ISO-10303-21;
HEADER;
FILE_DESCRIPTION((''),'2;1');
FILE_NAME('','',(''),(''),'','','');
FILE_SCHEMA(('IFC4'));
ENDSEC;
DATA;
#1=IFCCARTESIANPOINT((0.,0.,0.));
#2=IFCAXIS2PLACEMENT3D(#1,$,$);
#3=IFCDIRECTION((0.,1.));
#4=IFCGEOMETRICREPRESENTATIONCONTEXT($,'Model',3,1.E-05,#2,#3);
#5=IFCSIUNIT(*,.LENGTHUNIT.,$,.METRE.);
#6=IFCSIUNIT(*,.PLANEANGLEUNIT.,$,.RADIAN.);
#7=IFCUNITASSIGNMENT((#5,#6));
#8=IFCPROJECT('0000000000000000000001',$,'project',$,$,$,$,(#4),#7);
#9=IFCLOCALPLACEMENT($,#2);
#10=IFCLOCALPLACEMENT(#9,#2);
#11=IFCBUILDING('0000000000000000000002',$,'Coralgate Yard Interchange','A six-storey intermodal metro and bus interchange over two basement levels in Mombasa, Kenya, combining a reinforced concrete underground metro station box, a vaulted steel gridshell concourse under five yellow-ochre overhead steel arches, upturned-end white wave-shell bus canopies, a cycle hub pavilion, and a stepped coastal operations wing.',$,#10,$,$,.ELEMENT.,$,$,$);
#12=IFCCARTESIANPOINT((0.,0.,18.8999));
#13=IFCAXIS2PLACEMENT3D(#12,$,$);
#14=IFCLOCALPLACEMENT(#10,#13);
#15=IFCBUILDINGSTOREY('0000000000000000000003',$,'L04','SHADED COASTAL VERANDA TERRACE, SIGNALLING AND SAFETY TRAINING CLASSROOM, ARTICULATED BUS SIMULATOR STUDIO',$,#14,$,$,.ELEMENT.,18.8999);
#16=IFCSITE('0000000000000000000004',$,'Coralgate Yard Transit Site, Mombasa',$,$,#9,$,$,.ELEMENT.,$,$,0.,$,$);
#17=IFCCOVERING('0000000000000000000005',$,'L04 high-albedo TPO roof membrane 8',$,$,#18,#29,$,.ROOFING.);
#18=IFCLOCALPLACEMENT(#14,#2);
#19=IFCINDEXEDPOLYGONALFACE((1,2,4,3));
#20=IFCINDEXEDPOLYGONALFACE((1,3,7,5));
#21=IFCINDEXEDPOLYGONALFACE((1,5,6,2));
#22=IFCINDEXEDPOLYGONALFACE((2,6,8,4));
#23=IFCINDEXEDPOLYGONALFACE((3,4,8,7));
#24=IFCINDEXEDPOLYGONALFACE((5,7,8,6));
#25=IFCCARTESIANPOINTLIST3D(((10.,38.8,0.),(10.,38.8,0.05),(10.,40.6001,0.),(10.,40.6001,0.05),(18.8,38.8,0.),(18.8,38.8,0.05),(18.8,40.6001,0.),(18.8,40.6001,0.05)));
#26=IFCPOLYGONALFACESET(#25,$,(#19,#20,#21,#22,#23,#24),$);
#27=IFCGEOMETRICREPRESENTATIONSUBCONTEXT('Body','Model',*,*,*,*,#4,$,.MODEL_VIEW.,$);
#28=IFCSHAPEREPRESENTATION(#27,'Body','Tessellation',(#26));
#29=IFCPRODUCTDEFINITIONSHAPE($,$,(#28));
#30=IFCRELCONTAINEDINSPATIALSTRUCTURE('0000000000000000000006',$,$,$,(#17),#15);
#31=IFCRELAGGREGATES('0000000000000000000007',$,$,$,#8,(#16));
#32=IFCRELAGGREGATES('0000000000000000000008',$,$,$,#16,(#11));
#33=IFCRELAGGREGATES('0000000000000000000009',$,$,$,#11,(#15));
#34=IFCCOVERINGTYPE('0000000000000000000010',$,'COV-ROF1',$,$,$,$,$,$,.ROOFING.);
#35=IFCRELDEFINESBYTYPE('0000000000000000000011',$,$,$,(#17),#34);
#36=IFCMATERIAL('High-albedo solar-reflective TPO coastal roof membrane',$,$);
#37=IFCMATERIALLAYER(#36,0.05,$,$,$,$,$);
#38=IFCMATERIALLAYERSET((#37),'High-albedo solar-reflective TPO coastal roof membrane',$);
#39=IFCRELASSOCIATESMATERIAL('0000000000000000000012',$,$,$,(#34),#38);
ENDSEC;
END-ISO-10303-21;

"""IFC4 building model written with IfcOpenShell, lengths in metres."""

from ifc_helpers import new_model, si_unit, direction, frame, origin, place, context, subcontext, project, spatial, polyline, outline, extrude, material, layer, layer_set, type_object, element, save


model = new_model("IFC4")

# Units and contexts
model_context = context("Model", 3, precision=1e-05, world=origin(), true_north=direction((0.0, 1.0)))
body_context = subcontext(model_context, "Body", "Model", "MODEL_VIEW")
ifc_project = project(units=[si_unit("LENGTHUNIT", "METRE"), si_unit("PLANEANGLEUNIT", "RADIAN")], contexts=[model_context])

# Site, building, storey
site_placement = place(None, origin())
site = spatial("IfcSite", under=ifc_project, at=site_placement, Name="Coralgate Yard Transit Site, Mombasa", CompositionType="ELEMENT", RefElevation=0.0)
building_placement = place(site_placement, origin())
building = spatial("IfcBuilding", under=site, at=building_placement, Name="Coralgate Yard Interchange", Description="A six-storey intermodal metro and bus interchange over two basement levels in Mombasa, Kenya, combining a reinforced concrete underground metro station box, a vaulted steel gridshell concourse under five yellow-ochre overhead steel arches, upturned-end white wave-shell bus canopies, a cycle hub pavilion, and a stepped coastal operations wing.", CompositionType="ELEMENT")
storey_placement = place(building_placement, frame((0.0, 0.0, 18.8999)))
storey = spatial("IfcBuildingStorey", under=building, at=storey_placement, Name="L04", Description="SHADED COASTAL VERANDA TERRACE, SIGNALLING AND SAFETY TRAINING CLASSROOM, ARTICULATED BUS SIMULATOR STUDIO", CompositionType="ELEMENT", Elevation=18.8999)

# Covering
ifc_material_1 = material(Name="High-albedo solar-reflective TPO coastal roof membrane")
ifc_layer_1 = layer(ifc_material_1, 0.05)
ifc_layer_set_1 = layer_set([ifc_layer_1], Name="High-albedo solar-reflective TPO coastal roof membrane")
covering_type = type_object("IfcCoveringType", Name="COV-ROF1", PredefinedType="ROOFING", material=ifc_layer_set_1)
covering_1_placement = place(storey_placement, origin())
element("IfcCovering", 1, at=covering_1_placement, inside=storey, type_object=covering_type, Name="L04 high-albedo TPO roof membrane 8", PredefinedType="ROOFING", context=body_context, shape_type="SweptSolid", body=[
    extrude(outline(polyline([(10.0, 38.8), (18.8, 38.8), (18.8, 40.6001), (10.0, 40.6001), (10.0, 38.8)])), origin(), (0.0, 0.0, 1.0), 0.05),
])

save(model, "model.ifc")
